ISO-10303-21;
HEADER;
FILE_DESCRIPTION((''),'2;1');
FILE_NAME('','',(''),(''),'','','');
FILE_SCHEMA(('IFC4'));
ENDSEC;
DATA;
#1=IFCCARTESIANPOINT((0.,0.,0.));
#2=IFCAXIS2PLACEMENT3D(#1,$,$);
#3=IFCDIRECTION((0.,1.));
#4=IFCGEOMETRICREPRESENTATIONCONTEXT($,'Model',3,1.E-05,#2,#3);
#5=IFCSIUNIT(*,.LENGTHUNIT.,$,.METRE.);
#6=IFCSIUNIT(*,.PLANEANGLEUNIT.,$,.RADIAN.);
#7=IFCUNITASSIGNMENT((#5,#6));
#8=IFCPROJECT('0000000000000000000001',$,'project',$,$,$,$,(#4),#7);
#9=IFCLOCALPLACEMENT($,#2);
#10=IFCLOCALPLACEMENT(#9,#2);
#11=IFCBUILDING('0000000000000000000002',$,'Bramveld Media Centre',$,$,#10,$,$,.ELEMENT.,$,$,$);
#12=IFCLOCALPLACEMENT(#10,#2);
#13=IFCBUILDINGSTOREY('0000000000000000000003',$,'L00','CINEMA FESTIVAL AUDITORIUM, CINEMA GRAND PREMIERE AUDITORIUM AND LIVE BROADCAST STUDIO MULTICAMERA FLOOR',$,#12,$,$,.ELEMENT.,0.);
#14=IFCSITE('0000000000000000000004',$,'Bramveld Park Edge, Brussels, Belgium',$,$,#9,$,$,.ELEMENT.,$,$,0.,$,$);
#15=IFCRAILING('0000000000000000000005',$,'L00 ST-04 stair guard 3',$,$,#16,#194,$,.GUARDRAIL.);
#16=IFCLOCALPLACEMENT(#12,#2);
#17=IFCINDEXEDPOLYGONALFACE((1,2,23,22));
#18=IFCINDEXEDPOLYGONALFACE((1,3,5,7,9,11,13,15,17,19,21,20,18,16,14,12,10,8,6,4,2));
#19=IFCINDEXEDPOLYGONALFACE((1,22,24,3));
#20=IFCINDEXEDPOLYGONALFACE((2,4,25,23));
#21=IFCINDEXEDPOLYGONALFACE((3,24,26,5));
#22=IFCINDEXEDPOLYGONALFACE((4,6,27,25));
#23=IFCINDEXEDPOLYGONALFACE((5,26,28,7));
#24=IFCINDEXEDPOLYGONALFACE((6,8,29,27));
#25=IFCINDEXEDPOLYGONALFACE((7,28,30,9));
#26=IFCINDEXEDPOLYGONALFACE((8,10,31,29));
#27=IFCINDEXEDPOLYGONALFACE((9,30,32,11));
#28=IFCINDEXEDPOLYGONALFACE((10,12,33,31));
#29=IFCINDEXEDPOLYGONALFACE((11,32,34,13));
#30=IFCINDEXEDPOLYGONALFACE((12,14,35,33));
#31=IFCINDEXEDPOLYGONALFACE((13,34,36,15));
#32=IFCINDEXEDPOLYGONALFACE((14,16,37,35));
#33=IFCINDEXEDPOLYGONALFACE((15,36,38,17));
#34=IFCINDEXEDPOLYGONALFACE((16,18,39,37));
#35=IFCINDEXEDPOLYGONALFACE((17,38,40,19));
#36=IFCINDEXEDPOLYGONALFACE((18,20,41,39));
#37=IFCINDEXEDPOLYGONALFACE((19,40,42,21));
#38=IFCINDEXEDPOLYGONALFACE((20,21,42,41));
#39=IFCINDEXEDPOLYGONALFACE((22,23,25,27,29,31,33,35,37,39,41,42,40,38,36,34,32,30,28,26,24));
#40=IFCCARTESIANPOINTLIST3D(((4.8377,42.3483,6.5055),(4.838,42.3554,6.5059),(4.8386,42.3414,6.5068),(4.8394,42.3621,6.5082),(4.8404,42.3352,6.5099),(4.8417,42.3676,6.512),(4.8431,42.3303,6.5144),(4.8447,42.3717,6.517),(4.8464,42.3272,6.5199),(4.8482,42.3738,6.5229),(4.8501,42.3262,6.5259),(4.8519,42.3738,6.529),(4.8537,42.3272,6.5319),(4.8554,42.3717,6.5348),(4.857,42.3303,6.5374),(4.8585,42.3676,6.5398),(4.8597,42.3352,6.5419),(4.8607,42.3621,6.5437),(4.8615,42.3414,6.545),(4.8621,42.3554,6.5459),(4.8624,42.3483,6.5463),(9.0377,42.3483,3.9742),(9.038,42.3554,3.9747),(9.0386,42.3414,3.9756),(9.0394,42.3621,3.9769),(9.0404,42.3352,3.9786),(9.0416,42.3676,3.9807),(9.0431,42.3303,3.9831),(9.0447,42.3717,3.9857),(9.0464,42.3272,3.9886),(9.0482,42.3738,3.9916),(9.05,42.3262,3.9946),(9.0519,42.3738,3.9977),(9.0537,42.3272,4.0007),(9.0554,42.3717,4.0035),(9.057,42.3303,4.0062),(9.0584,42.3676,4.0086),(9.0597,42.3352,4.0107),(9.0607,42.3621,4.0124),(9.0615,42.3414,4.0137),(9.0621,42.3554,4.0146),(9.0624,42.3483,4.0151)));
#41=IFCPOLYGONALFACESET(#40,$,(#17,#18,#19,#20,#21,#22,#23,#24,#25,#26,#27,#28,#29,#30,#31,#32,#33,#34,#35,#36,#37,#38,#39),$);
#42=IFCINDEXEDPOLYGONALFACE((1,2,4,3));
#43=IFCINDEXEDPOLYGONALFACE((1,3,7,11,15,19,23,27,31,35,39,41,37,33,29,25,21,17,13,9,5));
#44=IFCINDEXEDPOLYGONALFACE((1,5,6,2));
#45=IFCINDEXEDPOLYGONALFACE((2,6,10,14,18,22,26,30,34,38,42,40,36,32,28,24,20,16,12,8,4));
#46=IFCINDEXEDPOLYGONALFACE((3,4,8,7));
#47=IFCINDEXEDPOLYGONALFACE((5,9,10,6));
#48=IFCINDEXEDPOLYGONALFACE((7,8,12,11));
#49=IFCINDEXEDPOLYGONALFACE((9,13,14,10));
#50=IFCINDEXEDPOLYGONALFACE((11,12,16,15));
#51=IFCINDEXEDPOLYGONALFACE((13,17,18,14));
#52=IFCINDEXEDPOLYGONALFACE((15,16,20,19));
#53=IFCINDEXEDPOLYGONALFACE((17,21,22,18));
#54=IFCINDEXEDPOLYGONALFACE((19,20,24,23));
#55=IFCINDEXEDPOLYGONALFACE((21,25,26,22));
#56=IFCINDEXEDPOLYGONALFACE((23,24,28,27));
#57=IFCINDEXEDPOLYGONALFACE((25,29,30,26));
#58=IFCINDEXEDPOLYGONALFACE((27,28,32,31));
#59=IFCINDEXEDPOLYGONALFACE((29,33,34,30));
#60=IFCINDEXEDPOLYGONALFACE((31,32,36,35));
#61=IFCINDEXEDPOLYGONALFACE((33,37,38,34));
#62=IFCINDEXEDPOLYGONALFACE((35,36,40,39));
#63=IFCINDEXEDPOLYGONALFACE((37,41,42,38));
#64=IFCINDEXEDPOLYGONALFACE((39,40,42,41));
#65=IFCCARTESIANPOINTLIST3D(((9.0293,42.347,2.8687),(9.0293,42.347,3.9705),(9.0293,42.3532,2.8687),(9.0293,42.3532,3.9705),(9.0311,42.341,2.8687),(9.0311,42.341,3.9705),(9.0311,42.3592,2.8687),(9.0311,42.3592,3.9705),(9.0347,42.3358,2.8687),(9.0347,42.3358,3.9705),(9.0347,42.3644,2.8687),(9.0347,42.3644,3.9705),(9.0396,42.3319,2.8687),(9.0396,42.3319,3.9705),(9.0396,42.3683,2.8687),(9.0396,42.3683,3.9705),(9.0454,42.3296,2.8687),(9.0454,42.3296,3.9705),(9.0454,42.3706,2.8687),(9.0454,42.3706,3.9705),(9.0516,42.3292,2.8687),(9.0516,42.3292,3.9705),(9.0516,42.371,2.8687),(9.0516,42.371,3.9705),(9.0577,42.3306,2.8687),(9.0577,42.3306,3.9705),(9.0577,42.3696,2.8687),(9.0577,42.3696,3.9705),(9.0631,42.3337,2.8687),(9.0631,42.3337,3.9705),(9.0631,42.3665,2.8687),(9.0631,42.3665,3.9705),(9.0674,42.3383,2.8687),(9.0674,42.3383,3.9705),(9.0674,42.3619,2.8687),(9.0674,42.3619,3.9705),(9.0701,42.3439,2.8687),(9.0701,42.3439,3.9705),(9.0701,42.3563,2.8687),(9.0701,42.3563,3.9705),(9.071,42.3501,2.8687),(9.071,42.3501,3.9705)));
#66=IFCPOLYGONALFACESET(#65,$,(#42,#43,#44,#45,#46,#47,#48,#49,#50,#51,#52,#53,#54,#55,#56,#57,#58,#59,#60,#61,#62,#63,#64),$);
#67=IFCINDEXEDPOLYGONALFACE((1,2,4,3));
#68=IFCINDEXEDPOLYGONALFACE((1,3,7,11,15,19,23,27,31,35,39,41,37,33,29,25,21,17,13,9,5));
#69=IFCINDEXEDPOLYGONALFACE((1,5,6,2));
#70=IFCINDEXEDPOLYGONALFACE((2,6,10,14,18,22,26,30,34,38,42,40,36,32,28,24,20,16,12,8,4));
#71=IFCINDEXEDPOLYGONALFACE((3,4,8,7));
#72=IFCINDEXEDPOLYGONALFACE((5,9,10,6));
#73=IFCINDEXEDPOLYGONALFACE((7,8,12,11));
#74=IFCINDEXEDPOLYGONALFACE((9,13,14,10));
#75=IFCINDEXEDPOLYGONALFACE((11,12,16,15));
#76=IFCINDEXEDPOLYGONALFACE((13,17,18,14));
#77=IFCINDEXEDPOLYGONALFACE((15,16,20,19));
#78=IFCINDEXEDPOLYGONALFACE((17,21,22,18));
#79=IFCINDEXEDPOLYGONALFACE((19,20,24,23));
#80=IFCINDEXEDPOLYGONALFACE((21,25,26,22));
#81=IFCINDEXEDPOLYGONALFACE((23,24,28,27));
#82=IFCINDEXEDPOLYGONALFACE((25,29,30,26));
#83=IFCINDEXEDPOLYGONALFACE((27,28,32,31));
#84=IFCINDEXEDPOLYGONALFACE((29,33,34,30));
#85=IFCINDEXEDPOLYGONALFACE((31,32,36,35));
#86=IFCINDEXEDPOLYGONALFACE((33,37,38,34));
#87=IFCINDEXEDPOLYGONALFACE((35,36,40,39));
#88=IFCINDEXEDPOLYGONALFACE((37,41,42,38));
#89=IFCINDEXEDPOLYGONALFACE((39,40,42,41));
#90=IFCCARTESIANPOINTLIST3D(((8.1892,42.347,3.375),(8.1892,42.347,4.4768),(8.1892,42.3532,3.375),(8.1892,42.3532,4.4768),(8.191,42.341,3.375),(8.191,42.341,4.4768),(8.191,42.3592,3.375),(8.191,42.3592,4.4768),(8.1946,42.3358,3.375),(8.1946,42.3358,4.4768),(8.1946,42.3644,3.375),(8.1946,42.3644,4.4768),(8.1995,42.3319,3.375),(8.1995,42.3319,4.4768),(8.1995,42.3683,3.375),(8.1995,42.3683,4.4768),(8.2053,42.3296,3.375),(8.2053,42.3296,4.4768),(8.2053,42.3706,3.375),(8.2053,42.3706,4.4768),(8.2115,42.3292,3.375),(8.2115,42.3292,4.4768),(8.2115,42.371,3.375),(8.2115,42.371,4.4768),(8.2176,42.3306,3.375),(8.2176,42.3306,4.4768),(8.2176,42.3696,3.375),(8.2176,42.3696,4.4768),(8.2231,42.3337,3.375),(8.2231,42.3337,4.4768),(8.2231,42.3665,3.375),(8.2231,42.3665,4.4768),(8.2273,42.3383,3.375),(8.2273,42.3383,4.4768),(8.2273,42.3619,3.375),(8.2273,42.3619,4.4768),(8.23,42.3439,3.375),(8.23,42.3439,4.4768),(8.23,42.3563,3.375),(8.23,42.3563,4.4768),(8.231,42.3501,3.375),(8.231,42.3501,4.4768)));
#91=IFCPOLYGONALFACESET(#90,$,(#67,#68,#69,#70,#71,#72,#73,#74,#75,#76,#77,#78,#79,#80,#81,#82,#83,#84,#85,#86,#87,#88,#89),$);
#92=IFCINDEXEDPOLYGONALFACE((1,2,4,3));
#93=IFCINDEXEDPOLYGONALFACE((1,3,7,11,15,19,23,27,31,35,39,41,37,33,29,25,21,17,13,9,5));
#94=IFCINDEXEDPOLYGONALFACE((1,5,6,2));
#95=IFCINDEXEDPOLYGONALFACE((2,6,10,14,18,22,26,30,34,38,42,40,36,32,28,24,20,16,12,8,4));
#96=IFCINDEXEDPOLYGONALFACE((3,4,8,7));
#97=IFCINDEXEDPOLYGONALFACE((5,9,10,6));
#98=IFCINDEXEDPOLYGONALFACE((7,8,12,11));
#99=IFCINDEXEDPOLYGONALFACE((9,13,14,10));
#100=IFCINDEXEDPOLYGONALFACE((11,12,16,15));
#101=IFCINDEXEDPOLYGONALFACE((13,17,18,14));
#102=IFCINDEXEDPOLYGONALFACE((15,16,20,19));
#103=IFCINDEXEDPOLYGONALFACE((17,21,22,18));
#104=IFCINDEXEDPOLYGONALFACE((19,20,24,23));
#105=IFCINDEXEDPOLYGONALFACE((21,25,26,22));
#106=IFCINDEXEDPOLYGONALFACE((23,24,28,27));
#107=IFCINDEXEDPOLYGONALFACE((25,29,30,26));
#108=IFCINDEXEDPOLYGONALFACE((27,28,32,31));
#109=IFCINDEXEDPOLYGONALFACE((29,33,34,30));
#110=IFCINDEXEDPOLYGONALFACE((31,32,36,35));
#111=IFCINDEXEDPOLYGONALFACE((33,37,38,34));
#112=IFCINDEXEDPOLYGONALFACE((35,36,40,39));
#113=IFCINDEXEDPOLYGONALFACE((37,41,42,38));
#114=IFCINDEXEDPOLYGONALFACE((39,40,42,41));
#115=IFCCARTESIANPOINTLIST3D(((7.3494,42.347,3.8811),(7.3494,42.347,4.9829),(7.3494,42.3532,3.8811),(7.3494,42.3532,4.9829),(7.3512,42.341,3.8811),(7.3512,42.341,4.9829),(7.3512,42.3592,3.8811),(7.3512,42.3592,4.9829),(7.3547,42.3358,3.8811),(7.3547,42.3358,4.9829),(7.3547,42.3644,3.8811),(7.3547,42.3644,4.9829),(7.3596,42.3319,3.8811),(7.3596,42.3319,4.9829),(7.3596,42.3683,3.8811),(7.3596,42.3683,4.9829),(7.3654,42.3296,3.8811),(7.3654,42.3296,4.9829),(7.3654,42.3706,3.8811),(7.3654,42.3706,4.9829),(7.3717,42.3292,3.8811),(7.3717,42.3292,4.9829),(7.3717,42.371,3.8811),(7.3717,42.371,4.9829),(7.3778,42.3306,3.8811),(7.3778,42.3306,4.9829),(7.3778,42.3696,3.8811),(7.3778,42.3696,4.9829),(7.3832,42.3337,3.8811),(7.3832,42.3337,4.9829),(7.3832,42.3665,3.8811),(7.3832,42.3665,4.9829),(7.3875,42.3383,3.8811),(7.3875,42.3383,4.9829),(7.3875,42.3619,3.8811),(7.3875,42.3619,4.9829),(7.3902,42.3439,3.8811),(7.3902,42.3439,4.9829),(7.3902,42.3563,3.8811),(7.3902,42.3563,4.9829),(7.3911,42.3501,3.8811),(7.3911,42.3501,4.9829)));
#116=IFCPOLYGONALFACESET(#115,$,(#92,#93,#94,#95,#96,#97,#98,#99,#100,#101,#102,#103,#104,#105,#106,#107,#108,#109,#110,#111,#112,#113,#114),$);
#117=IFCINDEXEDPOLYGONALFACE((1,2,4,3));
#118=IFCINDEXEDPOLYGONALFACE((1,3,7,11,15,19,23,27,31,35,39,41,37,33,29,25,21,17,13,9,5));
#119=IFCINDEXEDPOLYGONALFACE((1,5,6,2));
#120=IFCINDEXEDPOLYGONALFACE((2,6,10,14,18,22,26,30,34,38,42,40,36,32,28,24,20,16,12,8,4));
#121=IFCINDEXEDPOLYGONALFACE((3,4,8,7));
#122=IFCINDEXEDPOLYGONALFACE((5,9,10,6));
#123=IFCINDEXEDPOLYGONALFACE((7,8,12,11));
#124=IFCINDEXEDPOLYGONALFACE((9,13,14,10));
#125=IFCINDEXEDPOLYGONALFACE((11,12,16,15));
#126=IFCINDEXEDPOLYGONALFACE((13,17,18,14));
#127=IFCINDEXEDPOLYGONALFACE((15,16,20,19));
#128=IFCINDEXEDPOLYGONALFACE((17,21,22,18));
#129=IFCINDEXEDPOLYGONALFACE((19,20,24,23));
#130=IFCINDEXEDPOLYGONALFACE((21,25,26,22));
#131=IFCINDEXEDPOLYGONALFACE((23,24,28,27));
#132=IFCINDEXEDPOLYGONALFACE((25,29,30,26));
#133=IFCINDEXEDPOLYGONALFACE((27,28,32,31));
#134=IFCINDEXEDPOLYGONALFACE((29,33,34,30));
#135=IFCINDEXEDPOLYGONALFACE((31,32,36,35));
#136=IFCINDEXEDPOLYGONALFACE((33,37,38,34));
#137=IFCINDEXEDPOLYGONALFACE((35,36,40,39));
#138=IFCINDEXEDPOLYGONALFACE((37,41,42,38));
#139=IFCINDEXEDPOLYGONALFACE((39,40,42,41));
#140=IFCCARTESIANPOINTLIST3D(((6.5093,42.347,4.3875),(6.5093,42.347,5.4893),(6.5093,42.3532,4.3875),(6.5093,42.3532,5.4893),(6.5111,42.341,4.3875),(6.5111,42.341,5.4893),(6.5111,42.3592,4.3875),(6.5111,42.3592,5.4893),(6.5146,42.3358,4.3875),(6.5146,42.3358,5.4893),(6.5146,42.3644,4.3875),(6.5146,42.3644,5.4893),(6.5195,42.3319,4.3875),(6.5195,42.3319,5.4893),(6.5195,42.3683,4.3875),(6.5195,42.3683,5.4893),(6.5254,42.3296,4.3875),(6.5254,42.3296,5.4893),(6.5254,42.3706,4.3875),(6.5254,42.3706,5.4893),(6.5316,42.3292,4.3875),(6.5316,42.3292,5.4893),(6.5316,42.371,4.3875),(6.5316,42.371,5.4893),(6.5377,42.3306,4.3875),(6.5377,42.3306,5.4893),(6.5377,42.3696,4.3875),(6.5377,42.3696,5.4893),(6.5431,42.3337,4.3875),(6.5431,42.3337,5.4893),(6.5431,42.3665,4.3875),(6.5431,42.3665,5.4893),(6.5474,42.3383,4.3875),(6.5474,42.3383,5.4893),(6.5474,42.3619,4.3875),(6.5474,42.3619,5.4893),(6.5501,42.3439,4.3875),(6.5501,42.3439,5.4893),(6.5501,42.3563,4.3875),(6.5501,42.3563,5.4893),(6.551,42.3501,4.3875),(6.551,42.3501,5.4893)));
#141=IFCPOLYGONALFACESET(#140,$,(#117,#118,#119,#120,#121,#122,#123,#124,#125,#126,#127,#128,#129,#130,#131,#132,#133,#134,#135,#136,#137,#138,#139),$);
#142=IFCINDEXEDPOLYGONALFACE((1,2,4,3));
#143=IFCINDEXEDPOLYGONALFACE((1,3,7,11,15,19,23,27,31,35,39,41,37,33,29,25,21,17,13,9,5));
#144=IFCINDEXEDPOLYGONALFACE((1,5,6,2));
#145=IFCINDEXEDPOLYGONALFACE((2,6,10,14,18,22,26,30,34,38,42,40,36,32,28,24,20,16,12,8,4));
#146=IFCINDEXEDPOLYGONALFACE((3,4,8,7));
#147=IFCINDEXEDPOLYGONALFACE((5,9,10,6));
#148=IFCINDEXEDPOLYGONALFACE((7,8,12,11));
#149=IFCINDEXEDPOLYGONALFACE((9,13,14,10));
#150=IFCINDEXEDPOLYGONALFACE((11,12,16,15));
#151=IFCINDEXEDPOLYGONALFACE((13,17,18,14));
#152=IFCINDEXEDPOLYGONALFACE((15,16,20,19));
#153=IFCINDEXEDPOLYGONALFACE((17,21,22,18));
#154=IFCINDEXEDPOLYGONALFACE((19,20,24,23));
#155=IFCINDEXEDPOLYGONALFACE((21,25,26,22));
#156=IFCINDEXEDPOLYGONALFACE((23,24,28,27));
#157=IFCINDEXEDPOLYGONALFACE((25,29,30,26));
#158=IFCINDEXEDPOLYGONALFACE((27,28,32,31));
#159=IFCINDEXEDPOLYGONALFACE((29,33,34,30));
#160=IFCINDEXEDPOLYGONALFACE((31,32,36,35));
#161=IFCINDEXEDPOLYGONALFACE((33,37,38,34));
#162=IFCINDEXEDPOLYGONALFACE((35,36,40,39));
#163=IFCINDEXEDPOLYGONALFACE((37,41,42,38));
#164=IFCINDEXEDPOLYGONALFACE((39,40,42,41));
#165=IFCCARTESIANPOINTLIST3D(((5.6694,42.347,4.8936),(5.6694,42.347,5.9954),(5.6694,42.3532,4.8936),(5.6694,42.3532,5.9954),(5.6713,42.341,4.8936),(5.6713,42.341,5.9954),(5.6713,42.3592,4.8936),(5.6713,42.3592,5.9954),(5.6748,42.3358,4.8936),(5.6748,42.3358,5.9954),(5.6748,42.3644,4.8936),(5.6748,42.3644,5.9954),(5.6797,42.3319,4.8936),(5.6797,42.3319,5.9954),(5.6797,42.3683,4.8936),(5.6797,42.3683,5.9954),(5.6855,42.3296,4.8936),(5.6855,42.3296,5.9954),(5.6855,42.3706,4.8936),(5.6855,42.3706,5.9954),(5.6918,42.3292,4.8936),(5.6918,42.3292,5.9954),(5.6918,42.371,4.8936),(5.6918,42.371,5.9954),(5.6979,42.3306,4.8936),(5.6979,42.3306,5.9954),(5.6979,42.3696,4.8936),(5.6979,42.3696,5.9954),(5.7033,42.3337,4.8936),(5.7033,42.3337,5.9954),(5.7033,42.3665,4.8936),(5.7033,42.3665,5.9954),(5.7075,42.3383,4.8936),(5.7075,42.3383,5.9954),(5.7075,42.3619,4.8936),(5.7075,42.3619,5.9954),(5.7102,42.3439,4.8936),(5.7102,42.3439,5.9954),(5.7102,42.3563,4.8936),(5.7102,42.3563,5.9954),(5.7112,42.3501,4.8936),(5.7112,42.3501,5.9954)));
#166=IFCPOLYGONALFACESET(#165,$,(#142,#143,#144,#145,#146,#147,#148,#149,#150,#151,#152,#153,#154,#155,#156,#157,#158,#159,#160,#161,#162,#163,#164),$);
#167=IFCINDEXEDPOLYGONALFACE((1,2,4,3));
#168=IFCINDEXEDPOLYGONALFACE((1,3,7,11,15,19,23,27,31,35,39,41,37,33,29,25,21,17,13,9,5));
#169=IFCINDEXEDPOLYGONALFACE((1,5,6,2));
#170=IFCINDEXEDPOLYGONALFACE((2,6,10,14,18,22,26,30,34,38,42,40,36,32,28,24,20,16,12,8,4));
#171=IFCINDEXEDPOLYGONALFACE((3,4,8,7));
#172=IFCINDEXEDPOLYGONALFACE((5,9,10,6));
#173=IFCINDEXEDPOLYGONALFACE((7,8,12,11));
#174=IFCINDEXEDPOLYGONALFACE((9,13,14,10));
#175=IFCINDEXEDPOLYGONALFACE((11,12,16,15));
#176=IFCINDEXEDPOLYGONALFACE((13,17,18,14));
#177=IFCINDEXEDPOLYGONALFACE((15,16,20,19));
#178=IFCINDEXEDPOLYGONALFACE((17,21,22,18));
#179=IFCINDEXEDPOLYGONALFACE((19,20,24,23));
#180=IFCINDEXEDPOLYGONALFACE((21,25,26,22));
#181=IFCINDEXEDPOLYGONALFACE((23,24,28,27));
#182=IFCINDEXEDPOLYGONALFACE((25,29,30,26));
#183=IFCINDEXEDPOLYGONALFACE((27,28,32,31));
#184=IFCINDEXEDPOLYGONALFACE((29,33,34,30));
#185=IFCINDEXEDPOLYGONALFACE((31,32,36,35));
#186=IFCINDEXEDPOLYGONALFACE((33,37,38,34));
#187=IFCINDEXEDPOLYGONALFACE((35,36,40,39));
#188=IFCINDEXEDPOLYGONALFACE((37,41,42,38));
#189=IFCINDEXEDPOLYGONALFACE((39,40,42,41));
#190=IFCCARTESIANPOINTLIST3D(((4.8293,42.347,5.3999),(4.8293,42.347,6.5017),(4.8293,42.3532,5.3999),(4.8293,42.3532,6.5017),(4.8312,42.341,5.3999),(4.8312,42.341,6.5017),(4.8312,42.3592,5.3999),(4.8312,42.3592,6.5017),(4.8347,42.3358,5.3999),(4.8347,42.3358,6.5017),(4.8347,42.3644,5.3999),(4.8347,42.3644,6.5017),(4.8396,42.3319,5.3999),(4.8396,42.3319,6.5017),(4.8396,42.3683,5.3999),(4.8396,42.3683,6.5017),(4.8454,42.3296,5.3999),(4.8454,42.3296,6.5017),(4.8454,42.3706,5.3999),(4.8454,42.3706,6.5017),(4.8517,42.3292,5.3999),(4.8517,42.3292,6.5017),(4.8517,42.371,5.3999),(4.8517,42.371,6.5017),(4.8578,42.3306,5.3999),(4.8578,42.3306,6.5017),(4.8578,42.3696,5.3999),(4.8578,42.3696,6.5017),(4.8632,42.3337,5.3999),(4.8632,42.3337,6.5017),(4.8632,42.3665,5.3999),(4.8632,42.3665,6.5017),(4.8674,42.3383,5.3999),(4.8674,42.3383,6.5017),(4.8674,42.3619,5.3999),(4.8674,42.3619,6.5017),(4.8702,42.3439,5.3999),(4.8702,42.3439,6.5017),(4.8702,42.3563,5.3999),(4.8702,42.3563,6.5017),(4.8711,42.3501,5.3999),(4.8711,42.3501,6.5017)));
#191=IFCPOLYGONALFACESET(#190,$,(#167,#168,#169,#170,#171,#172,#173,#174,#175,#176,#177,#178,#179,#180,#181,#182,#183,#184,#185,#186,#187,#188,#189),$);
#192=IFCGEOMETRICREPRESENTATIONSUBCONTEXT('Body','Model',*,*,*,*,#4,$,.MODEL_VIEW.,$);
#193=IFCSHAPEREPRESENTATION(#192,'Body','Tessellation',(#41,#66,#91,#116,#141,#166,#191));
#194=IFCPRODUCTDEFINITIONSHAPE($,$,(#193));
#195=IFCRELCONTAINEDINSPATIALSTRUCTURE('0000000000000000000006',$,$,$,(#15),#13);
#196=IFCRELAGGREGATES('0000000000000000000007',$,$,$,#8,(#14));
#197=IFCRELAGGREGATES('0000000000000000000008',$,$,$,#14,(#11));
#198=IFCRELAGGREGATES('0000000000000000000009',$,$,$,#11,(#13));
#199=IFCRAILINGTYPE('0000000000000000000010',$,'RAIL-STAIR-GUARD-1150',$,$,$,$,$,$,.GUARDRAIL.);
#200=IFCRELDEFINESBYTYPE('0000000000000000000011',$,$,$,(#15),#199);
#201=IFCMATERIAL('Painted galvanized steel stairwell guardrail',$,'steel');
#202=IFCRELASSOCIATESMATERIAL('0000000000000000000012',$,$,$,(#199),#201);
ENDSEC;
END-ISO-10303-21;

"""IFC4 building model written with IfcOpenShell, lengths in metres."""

from ifc_helpers import new_model, si_unit, direction, frame, origin, origin_2d, place, context, subcontext, project, spatial, circle, extrude, material, type_object, element, save


model = new_model("IFC4")

# Units and contexts
model_context = context("Model", 3, precision=1e-05, world=origin(), true_north=direction((0.0, 1.0)))
body_context = subcontext(model_context, "Body", "Model", "MODEL_VIEW")
ifc_project = project(units=[si_unit("LENGTHUNIT", "METRE"), si_unit("PLANEANGLEUNIT", "RADIAN")], contexts=[model_context])

# Site, building, storey
site_placement = place(None, origin())
site = spatial("IfcSite", under=ifc_project, at=site_placement, Name="Bramveld Park Edge, Brussels, Belgium", CompositionType="ELEMENT", RefElevation=0.0)
building_placement = place(site_placement, origin())
building = spatial("IfcBuilding", under=site, at=building_placement, Name="Bramveld Media Centre", CompositionType="ELEMENT")
storey_placement = place(building_placement, origin())
storey = spatial("IfcBuildingStorey", under=building, at=storey_placement, Name="L00", Description="CINEMA FESTIVAL AUDITORIUM, CINEMA GRAND PREMIERE AUDITORIUM AND LIVE BROADCAST STUDIO MULTICAMERA FLOOR", CompositionType="ELEMENT", Elevation=0.0)

# Railing
ifc_material_1 = material(Name="Painted galvanized steel stairwell guardrail", Category="steel")
railing_type_1 = type_object("IfcRailingType", Name="RAIL-STAIR-GUARD-1150", PredefinedType="GUARDRAIL", material=ifc_material_1)
railing_1_placement = place(storey_placement, frame((9.05, 42.3501, 2.8687)))
element("IfcRailing", 1, at=railing_1_placement, inside=storey, type_object=railing_type_1, Name="L00 ST-04 stair guard 3", PredefinedType="GUARDRAIL", context=body_context, shape_type="SweptSolid", body=[
    extrude(circle(Radius=0.0239, at=origin_2d()), frame((0.0, 0.0, 1.126), z_axis=(-0.856476, 0.0, 0.516186), x_axis=(0.0, -1.0, 0.0)), (0.0, 0.0, 1.0), 4.9038),
    extrude(circle(Radius=0.021, at=origin_2d()), origin(), (0.0, 0.0, 1.0), 1.1018),
    extrude(circle(Radius=0.021, at=origin_2d()), frame((-0.8401, 0.0, 0.5063)), (0.0, 0.0, 1.0), 1.1018),
    extrude(circle(Radius=0.021, at=origin_2d()), frame((-1.6799, 0.0, 1.0125)), (0.0, 0.0, 1.0), 1.1018),
    extrude(circle(Radius=0.021, at=origin_2d()), frame((-2.52, 0.0, 1.5188)), (0.0, 0.0, 1.0), 1.1018),
    extrude(circle(Radius=0.021, at=origin_2d()), frame((-3.3599, 0.0, 2.0249)), (0.0, 0.0, 1.0), 1.1018),
    extrude(circle(Radius=0.021, at=origin_2d()), frame((-4.2, 0.0, 2.5312)), (0.0, 0.0, 1.0), 1.1018),
])

save(model, "model.ifc")
